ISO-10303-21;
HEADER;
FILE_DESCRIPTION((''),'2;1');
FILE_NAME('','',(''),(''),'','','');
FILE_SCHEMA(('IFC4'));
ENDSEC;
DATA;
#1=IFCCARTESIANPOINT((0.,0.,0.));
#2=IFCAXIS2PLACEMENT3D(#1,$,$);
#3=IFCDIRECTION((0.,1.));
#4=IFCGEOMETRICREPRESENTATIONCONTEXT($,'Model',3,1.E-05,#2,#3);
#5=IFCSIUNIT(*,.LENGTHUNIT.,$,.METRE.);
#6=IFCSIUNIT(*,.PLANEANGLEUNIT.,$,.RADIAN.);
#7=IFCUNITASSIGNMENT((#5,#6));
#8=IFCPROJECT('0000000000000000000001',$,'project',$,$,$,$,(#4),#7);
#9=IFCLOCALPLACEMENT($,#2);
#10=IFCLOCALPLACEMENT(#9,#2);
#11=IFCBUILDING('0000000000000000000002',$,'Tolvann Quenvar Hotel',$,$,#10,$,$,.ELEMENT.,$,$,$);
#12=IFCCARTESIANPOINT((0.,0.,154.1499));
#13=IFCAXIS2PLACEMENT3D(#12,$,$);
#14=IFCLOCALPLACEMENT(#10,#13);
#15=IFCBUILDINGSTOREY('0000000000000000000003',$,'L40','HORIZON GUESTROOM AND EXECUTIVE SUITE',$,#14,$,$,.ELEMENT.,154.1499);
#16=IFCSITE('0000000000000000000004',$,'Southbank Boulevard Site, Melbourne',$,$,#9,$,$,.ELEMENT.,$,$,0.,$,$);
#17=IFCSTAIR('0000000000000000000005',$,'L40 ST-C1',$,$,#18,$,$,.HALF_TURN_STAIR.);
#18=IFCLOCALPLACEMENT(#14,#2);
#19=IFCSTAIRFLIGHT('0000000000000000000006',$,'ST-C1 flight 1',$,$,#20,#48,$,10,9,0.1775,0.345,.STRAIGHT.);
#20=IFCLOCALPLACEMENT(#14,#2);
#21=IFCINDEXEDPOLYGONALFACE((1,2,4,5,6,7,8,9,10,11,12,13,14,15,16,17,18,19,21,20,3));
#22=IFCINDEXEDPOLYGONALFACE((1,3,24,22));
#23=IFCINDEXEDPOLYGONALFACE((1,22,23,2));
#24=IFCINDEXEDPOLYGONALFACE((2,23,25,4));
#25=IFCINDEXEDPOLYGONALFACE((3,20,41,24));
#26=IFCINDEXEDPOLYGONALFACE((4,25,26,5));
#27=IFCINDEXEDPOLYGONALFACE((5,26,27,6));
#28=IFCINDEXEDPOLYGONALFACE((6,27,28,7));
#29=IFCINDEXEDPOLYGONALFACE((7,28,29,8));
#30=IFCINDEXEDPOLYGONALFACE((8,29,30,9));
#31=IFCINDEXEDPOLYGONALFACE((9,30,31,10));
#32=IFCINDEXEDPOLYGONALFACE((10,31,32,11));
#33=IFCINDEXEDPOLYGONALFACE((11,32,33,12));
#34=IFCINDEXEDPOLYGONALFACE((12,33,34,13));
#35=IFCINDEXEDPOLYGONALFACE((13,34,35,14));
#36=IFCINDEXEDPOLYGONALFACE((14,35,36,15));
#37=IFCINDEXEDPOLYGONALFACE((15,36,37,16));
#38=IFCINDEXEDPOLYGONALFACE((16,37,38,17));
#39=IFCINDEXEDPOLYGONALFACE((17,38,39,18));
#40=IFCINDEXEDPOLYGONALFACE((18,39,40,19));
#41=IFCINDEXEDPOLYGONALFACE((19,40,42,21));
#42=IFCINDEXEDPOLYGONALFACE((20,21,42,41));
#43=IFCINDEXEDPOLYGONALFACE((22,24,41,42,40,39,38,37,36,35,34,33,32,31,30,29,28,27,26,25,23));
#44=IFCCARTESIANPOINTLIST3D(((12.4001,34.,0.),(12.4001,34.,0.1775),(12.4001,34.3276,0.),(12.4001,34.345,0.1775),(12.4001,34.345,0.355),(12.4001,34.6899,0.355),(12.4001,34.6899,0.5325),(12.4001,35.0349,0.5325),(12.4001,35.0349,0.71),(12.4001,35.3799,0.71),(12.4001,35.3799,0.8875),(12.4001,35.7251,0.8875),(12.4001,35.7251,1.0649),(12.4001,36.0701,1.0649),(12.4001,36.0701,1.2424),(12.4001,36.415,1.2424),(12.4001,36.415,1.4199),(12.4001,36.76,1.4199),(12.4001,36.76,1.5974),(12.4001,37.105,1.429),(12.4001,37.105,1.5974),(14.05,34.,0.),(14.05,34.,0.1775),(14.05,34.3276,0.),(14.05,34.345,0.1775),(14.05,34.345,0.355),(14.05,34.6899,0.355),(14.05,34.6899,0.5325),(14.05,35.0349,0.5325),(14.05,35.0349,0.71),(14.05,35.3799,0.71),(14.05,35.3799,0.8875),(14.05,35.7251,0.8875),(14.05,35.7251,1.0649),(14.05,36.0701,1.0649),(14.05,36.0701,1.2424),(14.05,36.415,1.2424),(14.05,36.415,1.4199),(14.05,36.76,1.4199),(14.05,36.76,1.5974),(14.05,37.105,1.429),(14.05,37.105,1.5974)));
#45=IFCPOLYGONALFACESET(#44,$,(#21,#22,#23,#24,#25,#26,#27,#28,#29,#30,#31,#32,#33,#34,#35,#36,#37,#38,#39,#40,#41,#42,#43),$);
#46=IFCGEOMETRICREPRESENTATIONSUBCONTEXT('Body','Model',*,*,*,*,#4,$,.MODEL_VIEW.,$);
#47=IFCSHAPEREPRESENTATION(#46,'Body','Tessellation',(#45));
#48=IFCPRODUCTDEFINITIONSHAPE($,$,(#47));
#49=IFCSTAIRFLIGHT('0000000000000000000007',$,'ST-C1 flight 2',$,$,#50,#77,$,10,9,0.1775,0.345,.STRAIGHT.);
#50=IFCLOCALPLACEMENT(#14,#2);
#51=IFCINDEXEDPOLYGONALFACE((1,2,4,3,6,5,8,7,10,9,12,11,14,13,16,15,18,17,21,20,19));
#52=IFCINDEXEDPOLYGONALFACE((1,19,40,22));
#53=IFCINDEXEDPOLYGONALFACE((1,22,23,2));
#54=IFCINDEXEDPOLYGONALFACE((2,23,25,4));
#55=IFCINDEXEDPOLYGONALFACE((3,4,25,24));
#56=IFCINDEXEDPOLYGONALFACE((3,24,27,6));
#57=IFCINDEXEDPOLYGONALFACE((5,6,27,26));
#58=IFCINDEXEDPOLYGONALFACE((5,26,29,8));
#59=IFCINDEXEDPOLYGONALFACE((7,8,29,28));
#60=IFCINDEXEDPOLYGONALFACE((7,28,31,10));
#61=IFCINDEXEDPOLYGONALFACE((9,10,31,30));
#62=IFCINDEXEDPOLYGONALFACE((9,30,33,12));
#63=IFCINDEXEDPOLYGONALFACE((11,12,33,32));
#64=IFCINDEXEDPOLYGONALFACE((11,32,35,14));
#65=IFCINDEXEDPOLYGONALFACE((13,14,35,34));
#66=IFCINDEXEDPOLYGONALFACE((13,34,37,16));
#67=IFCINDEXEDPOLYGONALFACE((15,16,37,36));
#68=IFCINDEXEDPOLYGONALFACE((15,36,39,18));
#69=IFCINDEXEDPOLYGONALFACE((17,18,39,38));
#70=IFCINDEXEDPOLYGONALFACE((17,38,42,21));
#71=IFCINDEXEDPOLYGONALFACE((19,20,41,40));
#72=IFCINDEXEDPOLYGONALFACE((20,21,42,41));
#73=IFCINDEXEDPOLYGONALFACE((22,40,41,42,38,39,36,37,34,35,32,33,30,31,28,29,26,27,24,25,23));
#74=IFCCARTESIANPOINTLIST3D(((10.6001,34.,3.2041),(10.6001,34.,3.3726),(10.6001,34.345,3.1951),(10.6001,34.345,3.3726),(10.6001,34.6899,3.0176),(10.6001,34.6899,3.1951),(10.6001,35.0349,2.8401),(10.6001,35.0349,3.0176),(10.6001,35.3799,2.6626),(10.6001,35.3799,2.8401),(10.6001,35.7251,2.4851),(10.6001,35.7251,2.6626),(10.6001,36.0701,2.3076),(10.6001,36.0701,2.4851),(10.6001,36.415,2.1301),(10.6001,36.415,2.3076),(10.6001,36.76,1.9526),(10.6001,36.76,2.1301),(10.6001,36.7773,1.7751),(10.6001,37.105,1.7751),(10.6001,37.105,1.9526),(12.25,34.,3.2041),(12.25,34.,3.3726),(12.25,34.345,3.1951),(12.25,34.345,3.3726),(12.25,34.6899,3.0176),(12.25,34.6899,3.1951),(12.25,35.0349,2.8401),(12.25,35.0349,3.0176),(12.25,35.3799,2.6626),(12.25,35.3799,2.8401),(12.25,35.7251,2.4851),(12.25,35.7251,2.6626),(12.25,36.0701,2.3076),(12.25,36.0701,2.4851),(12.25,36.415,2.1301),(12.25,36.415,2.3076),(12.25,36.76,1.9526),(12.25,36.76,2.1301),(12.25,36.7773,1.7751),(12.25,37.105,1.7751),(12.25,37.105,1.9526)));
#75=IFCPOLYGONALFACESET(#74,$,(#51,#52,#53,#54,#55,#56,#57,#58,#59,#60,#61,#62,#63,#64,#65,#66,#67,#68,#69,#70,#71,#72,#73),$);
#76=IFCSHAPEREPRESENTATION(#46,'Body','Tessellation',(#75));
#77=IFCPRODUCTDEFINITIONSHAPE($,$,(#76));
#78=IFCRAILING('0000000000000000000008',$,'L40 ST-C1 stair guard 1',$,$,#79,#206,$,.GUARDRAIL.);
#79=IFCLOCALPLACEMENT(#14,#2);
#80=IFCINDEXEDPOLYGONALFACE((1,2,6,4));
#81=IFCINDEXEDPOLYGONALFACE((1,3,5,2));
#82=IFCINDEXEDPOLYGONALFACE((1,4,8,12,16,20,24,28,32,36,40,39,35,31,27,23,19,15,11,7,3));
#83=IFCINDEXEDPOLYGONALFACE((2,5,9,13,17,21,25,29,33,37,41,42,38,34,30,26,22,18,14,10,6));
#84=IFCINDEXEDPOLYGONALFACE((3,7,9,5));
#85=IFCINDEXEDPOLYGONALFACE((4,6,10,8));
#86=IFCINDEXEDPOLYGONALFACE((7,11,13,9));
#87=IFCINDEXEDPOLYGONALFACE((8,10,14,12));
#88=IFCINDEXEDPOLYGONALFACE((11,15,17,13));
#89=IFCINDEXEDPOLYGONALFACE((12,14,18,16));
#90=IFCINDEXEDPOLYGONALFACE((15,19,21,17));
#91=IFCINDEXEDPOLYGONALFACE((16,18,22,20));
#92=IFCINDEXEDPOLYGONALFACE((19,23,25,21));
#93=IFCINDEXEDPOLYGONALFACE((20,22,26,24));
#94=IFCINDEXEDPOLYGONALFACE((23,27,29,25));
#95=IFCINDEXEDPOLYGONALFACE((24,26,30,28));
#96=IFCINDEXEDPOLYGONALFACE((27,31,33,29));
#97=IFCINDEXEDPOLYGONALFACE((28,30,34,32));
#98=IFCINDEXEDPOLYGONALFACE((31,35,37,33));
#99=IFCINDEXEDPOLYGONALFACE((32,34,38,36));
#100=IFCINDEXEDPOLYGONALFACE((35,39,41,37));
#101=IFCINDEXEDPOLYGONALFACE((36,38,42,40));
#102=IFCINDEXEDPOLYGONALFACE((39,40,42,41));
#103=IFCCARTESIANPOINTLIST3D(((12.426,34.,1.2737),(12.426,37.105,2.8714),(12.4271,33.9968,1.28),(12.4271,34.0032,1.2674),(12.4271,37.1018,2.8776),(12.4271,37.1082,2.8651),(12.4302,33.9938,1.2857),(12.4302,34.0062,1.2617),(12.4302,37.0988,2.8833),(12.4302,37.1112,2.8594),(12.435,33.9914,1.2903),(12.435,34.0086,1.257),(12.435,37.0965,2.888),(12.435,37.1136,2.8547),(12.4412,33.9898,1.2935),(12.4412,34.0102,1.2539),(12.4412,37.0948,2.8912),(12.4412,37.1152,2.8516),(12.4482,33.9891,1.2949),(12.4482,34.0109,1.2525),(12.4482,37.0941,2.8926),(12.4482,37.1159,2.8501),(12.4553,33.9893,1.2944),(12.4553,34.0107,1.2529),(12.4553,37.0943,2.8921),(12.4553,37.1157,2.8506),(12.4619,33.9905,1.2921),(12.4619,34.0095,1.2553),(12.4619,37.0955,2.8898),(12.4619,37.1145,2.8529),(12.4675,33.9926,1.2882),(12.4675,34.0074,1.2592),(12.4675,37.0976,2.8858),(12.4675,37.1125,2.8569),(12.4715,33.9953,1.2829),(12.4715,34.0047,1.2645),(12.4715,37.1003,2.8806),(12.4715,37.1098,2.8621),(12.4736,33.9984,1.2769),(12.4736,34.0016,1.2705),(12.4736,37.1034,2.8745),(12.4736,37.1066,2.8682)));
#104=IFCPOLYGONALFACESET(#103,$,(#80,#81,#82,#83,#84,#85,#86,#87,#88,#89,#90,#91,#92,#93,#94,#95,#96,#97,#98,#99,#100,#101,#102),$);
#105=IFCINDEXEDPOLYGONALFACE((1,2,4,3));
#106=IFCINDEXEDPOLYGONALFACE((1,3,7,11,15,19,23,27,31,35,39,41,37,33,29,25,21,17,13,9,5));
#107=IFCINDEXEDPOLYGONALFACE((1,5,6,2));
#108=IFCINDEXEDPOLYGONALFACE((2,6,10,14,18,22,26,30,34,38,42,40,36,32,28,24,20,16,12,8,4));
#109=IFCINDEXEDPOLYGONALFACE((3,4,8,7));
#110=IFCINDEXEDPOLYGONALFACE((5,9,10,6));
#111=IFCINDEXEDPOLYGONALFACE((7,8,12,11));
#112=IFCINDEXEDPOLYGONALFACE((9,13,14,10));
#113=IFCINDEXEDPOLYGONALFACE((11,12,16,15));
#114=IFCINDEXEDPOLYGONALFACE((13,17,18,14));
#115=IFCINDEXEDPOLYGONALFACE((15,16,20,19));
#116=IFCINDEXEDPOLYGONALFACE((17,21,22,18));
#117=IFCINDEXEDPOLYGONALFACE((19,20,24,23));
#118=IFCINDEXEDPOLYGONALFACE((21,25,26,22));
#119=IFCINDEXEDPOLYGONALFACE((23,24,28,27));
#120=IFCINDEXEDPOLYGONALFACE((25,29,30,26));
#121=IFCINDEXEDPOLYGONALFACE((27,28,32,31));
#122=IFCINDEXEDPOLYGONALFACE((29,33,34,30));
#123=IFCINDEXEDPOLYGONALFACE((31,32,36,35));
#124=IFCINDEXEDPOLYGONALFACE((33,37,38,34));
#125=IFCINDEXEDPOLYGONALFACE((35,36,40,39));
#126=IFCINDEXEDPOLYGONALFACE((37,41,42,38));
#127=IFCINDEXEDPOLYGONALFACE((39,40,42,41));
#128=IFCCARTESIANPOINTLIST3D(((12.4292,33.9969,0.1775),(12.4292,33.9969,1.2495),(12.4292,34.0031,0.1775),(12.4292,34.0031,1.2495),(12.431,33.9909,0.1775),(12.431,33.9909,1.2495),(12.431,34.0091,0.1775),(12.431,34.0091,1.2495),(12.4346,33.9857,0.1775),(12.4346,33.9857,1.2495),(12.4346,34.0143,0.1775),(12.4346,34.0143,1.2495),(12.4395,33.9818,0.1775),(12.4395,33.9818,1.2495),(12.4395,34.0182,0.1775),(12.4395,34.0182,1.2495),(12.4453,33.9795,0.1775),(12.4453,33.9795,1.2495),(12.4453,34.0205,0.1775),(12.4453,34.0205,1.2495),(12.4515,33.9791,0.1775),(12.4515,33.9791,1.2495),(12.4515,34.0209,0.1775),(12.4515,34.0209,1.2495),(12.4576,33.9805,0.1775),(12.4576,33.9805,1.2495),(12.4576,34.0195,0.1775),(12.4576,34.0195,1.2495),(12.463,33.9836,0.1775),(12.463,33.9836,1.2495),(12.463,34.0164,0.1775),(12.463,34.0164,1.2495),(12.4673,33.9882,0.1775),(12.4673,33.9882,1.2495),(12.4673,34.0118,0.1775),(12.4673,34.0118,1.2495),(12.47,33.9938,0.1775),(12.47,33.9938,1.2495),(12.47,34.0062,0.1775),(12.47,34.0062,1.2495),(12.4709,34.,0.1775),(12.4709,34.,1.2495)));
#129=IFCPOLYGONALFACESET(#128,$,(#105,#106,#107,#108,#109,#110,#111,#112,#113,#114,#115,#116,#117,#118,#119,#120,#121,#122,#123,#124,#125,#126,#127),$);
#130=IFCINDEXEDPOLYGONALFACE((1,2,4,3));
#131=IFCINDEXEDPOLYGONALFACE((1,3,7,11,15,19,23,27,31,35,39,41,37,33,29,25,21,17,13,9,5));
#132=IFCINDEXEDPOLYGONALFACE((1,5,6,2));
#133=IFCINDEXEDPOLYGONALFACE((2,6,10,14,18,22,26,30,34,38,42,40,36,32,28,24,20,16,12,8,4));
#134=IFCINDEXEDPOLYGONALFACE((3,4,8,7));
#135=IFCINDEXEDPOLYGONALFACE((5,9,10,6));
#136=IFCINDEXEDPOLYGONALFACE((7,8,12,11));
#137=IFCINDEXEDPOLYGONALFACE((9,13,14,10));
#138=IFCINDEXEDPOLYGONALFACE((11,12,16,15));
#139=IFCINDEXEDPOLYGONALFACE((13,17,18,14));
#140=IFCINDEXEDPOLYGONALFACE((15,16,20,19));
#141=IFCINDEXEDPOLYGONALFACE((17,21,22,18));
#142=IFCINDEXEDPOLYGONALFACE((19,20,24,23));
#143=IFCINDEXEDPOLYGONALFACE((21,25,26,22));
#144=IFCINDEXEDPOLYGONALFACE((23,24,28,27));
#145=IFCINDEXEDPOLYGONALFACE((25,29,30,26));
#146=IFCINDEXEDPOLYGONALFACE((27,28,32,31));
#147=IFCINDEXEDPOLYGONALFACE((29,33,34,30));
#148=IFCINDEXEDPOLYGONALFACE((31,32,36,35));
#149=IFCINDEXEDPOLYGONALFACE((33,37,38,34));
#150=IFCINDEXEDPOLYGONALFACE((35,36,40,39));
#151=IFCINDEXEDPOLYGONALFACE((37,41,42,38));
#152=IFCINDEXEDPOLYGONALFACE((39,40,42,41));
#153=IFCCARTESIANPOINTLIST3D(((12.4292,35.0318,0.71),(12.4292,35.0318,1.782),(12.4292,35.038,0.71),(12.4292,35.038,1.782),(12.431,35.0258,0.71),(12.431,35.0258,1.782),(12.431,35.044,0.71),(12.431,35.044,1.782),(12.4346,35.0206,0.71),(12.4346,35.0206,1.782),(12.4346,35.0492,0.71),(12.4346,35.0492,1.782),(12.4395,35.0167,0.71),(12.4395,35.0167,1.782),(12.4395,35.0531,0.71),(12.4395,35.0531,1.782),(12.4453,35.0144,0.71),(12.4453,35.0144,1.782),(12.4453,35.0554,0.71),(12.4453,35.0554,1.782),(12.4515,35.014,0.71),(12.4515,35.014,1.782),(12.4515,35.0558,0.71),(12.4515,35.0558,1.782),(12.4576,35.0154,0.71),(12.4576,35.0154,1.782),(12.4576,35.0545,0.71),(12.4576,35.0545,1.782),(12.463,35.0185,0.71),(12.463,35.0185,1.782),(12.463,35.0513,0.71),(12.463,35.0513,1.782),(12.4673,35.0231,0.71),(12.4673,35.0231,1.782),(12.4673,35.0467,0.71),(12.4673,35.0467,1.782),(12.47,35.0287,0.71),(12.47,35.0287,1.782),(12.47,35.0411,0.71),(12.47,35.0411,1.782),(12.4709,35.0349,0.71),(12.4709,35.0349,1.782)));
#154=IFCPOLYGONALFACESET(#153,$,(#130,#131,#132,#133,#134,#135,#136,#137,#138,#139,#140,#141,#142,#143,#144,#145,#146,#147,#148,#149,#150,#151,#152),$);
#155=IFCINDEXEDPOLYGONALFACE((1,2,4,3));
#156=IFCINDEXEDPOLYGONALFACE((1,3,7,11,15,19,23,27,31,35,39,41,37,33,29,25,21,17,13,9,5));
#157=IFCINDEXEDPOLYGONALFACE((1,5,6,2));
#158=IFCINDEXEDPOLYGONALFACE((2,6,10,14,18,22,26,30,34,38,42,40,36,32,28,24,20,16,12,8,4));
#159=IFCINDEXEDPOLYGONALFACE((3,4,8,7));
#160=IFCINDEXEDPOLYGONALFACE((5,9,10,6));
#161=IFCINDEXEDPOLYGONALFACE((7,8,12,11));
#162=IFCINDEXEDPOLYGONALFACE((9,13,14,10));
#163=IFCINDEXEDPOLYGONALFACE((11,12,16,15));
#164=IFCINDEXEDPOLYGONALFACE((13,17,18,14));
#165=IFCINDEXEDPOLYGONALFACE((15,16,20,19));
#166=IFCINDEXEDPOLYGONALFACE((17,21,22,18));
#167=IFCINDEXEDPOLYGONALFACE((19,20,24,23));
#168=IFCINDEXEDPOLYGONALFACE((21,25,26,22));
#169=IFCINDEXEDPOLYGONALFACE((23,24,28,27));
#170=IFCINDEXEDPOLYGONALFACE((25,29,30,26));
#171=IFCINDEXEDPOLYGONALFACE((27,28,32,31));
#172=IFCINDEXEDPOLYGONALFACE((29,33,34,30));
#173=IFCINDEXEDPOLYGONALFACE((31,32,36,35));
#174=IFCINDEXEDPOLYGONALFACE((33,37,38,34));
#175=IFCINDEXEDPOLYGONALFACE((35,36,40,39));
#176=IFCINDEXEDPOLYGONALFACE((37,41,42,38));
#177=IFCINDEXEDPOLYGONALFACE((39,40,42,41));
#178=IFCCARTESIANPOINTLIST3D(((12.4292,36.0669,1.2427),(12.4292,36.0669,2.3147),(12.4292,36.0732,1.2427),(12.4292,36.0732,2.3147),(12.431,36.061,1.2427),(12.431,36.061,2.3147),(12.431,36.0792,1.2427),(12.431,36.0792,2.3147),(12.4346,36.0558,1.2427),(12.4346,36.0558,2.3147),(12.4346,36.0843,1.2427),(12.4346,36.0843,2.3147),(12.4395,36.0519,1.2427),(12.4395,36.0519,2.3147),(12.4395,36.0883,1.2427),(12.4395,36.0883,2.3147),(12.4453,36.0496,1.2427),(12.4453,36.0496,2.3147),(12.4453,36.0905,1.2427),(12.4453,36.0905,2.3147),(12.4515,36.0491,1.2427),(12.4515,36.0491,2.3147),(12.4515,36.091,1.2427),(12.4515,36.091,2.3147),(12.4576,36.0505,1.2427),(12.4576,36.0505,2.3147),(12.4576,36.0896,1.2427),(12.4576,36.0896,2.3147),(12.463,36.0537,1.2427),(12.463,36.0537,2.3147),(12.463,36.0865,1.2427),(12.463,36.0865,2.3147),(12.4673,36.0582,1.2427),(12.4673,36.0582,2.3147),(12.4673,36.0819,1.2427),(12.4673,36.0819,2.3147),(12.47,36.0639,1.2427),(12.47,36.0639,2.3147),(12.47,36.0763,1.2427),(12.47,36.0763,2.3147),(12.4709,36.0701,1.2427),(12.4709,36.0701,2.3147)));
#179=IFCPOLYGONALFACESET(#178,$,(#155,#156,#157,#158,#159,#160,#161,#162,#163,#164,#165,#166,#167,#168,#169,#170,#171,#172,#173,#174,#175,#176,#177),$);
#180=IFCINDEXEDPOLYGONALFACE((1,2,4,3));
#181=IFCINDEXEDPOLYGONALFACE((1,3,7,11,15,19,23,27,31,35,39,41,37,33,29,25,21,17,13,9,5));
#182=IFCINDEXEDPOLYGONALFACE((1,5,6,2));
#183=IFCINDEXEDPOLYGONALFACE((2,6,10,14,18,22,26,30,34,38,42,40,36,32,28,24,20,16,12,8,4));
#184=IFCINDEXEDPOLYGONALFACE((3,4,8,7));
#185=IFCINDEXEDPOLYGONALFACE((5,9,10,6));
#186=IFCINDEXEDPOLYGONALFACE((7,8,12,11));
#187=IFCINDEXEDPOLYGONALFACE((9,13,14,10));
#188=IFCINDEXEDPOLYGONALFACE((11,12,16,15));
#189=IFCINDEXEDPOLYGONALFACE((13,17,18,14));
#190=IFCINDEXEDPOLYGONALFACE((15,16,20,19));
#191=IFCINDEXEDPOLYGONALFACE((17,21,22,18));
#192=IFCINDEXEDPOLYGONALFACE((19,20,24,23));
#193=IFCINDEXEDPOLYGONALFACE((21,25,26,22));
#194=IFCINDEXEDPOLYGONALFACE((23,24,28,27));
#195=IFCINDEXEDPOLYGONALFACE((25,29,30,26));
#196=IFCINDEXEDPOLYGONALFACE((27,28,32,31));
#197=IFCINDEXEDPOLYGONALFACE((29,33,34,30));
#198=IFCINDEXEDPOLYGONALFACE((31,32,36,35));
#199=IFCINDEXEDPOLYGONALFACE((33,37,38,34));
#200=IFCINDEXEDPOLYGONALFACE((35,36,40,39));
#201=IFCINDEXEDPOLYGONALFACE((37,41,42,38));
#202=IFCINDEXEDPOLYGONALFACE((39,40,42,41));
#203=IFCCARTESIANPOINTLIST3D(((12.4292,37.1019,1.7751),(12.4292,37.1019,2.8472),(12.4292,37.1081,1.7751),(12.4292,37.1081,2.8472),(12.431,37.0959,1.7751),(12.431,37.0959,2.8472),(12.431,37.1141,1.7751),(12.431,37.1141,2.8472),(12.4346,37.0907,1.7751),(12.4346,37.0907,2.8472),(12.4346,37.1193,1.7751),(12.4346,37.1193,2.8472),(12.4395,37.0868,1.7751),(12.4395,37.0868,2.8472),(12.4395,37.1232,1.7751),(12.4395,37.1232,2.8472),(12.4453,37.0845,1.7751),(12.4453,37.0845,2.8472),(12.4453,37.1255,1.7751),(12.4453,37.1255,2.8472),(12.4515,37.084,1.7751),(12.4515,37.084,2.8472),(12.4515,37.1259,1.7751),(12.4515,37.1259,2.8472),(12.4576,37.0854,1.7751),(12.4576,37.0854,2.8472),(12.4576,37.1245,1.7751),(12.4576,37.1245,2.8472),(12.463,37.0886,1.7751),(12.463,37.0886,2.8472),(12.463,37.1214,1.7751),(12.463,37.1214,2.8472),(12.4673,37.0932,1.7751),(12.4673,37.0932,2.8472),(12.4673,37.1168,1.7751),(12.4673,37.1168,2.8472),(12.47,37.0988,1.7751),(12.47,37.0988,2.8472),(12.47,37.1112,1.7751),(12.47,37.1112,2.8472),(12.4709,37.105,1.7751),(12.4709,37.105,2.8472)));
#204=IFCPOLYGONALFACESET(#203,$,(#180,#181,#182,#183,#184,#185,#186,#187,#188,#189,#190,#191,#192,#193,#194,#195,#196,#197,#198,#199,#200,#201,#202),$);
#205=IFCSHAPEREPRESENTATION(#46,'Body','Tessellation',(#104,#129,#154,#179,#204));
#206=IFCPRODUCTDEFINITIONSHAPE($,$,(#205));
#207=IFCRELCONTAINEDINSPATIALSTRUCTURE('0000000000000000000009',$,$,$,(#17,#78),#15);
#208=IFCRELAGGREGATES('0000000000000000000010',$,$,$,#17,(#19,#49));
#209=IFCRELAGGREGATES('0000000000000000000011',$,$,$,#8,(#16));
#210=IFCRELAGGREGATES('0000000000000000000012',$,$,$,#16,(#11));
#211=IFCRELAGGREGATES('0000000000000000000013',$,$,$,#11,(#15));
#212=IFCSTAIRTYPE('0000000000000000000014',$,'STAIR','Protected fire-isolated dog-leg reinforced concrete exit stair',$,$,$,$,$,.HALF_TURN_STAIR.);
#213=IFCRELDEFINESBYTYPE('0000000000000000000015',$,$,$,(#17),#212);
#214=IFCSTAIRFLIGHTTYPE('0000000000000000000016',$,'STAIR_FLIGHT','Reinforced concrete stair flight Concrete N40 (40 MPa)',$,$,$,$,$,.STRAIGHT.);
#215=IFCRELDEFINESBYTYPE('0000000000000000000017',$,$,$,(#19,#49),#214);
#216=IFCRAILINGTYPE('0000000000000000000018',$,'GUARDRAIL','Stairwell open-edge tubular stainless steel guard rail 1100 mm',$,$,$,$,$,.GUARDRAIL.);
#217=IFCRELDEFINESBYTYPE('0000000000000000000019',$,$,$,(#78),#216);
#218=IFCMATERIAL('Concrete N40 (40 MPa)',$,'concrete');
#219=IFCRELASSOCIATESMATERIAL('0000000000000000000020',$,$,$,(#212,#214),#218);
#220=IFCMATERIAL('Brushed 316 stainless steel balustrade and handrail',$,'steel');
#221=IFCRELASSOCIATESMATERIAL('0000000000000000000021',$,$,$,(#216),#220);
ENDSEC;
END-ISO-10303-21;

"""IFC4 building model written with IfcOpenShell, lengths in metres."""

from ifc_helpers import new_model, si_unit, direction, frame, origin, origin_2d, place, context, subcontext, project, spatial, polyline, circle, outline, extrude, material, type_object, element, aggregate, save


model = new_model("IFC4")

# Units and contexts
model_context = context("Model", 3, precision=1e-05, world=origin(), true_north=direction((0.0, 1.0)))
body_context = subcontext(model_context, "Body", "Model", "MODEL_VIEW")
ifc_project = project(units=[si_unit("LENGTHUNIT", "METRE"), si_unit("PLANEANGLEUNIT", "RADIAN")], contexts=[model_context])

# Site, building, storey
site_placement = place(None, origin())
site = spatial("IfcSite", under=ifc_project, at=site_placement, Name="Southbank Boulevard Site, Melbourne", CompositionType="ELEMENT", RefElevation=0.0)
building_placement = place(site_placement, origin())
building = spatial("IfcBuilding", under=site, at=building_placement, Name="Tolvann Quenvar Hotel", CompositionType="ELEMENT")
storey_placement = place(building_placement, frame((0.0, 0.0, 154.1499)))
storey = spatial("IfcBuildingStorey", under=building, at=storey_placement, Name="L40", Description="HORIZON GUESTROOM AND EXECUTIVE SUITE", CompositionType="ELEMENT", Elevation=154.1499)

# Shared definitions
ifc_material_1 = material(Name="Concrete N40 (40 MPa)", Category="concrete")

# Stair, stair flights
stair_type = type_object("IfcStairType", Name="STAIR", Description="Protected fire-isolated dog-leg reinforced concrete exit stair", PredefinedType="HALF_TURN_STAIR", material=ifc_material_1)
stair_placement = place(storey_placement, origin())
stair = element("IfcStair", 1, at=stair_placement, inside=storey, type_object=stair_type, Name="L40 ST-C1", PredefinedType="HALF_TURN_STAIR")
stair_flight_type = type_object("IfcStairFlightType", Name="STAIR_FLIGHT", Description="Reinforced concrete stair flight Concrete N40 (40 MPa)", PredefinedType="STRAIGHT", material=ifc_material_1)
stair_flight_1_placement = place(storey_placement, frame((13.2251, 34.0, 0.0), z_axis=(0.0, 0.0, 1.0), x_axis=(0.0, 1.0, 0.0)))
stair_flight_1 = element("IfcStairFlight", 2, at=stair_flight_1_placement, type_object=stair_flight_type, Name="ST-C1 flight 1", NumberOfRisers=10, NumberOfTreads=9, PredefinedType="STRAIGHT", RiserHeight=0.1775, TreadLength=0.345, context=body_context, shape_type="SweptSolid", body=[
    extrude(outline(polyline([(0.0, 0.0), (0.0, 0.1775), (0.345, 0.1775), (0.345, 0.355), (0.6899, 0.355), (0.6899, 0.5325), (1.0349, 0.5325), (1.0349, 0.71), (1.3799, 0.71), (1.3799, 0.8875), (1.7251, 0.8875), (1.7251, 1.0649), (2.0701, 1.0649), (2.0701, 1.2424), (2.415, 1.2424), (2.415, 1.4199), (2.76, 1.4199), (2.76, 1.5974), (3.105, 1.5974), (3.105, 1.7749), (3.105, 1.429), (0.3276, 0.0), (0.0, 0.0)])), frame((0.0, 0.825, 0.0), z_axis=(0.0, -1.0, 0.0), x_axis=(1.0, 0.0, 0.0)), (0.0, 0.0, 1.0), 1.6499),
])
stair_flight_2_placement = place(storey_placement, frame((11.425, 37.105, 1.7751), z_axis=(0.0, 0.0, 1.0), x_axis=(0.0, -1.0, 0.0)))
stair_flight_2 = element("IfcStairFlight", 3, at=stair_flight_2_placement, type_object=stair_flight_type, Name="ST-C1 flight 2", NumberOfRisers=10, NumberOfTreads=9, PredefinedType="STRAIGHT", RiserHeight=0.1775, TreadLength=0.345, context=body_context, shape_type="SweptSolid", body=[
    extrude(outline(polyline([(0.0, 0.0), (0.0, 0.1775), (0.345, 0.1775), (0.345, 0.355), (0.6899, 0.355), (0.6899, 0.5325), (1.0349, 0.5325), (1.0349, 0.71), (1.3799, 0.71), (1.3799, 0.8875), (1.7251, 0.8875), (1.7251, 1.0649), (2.0701, 1.0649), (2.0701, 1.2424), (2.415, 1.2424), (2.415, 1.4199), (2.76, 1.4199), (2.76, 1.5974), (3.105, 1.5974), (3.105, 1.7749), (3.105, 1.429), (0.3276, 0.0), (0.0, 0.0)])), frame((0.0, 0.825, 0.0), z_axis=(0.0, -1.0, 0.0), x_axis=(1.0, 0.0, 0.0)), (0.0, 0.0, 1.0), 1.6499),
])
aggregate(stair, [stair_flight_1, stair_flight_2])

# Railing
ifc_material_2 = material(Name="Brushed 316 stainless steel balustrade and handrail", Category="steel")
railing_type_1 = type_object("IfcRailingType", Name="GUARDRAIL", Description="Stairwell open-edge tubular stainless steel guard rail 1100 mm", PredefinedType="GUARDRAIL", material=ifc_material_2)
railing_1_placement = place(storey_placement, frame((12.45, 34.0, 0.1775)))
element("IfcRailing", 4, at=railing_1_placement, inside=storey, type_object=railing_type_1, Name="L40 ST-C1 stair guard 1", PredefinedType="GUARDRAIL", context=body_context, shape_type="SweptSolid", body=[
    extrude(circle(Radius=0.0239, at=origin_2d()), frame((0.0, 0.0, 1.0962), z_axis=(0.0, 0.889194, 0.457531), x_axis=(-1.0, 0.0, 0.0)), (0.0, 0.0, 1.0), 3.4919),
    extrude(circle(Radius=0.021, at=origin_2d()), origin(), (0.0, 0.0, 1.0), 1.072),
    extrude(circle(Radius=0.021, at=origin_2d()), frame((0.0, 1.0349, 0.5325)), (0.0, 0.0, 1.0), 1.072),
    extrude(circle(Radius=0.021, at=origin_2d()), frame((0.0, 2.0701, 1.0652)), (0.0, 0.0, 1.0), 1.072),
    extrude(circle(Radius=0.021, at=origin_2d()), frame((0.0, 3.105, 1.5977)), (0.0, 0.0, 1.0), 1.072),
])

save(model, "model.ifc")
